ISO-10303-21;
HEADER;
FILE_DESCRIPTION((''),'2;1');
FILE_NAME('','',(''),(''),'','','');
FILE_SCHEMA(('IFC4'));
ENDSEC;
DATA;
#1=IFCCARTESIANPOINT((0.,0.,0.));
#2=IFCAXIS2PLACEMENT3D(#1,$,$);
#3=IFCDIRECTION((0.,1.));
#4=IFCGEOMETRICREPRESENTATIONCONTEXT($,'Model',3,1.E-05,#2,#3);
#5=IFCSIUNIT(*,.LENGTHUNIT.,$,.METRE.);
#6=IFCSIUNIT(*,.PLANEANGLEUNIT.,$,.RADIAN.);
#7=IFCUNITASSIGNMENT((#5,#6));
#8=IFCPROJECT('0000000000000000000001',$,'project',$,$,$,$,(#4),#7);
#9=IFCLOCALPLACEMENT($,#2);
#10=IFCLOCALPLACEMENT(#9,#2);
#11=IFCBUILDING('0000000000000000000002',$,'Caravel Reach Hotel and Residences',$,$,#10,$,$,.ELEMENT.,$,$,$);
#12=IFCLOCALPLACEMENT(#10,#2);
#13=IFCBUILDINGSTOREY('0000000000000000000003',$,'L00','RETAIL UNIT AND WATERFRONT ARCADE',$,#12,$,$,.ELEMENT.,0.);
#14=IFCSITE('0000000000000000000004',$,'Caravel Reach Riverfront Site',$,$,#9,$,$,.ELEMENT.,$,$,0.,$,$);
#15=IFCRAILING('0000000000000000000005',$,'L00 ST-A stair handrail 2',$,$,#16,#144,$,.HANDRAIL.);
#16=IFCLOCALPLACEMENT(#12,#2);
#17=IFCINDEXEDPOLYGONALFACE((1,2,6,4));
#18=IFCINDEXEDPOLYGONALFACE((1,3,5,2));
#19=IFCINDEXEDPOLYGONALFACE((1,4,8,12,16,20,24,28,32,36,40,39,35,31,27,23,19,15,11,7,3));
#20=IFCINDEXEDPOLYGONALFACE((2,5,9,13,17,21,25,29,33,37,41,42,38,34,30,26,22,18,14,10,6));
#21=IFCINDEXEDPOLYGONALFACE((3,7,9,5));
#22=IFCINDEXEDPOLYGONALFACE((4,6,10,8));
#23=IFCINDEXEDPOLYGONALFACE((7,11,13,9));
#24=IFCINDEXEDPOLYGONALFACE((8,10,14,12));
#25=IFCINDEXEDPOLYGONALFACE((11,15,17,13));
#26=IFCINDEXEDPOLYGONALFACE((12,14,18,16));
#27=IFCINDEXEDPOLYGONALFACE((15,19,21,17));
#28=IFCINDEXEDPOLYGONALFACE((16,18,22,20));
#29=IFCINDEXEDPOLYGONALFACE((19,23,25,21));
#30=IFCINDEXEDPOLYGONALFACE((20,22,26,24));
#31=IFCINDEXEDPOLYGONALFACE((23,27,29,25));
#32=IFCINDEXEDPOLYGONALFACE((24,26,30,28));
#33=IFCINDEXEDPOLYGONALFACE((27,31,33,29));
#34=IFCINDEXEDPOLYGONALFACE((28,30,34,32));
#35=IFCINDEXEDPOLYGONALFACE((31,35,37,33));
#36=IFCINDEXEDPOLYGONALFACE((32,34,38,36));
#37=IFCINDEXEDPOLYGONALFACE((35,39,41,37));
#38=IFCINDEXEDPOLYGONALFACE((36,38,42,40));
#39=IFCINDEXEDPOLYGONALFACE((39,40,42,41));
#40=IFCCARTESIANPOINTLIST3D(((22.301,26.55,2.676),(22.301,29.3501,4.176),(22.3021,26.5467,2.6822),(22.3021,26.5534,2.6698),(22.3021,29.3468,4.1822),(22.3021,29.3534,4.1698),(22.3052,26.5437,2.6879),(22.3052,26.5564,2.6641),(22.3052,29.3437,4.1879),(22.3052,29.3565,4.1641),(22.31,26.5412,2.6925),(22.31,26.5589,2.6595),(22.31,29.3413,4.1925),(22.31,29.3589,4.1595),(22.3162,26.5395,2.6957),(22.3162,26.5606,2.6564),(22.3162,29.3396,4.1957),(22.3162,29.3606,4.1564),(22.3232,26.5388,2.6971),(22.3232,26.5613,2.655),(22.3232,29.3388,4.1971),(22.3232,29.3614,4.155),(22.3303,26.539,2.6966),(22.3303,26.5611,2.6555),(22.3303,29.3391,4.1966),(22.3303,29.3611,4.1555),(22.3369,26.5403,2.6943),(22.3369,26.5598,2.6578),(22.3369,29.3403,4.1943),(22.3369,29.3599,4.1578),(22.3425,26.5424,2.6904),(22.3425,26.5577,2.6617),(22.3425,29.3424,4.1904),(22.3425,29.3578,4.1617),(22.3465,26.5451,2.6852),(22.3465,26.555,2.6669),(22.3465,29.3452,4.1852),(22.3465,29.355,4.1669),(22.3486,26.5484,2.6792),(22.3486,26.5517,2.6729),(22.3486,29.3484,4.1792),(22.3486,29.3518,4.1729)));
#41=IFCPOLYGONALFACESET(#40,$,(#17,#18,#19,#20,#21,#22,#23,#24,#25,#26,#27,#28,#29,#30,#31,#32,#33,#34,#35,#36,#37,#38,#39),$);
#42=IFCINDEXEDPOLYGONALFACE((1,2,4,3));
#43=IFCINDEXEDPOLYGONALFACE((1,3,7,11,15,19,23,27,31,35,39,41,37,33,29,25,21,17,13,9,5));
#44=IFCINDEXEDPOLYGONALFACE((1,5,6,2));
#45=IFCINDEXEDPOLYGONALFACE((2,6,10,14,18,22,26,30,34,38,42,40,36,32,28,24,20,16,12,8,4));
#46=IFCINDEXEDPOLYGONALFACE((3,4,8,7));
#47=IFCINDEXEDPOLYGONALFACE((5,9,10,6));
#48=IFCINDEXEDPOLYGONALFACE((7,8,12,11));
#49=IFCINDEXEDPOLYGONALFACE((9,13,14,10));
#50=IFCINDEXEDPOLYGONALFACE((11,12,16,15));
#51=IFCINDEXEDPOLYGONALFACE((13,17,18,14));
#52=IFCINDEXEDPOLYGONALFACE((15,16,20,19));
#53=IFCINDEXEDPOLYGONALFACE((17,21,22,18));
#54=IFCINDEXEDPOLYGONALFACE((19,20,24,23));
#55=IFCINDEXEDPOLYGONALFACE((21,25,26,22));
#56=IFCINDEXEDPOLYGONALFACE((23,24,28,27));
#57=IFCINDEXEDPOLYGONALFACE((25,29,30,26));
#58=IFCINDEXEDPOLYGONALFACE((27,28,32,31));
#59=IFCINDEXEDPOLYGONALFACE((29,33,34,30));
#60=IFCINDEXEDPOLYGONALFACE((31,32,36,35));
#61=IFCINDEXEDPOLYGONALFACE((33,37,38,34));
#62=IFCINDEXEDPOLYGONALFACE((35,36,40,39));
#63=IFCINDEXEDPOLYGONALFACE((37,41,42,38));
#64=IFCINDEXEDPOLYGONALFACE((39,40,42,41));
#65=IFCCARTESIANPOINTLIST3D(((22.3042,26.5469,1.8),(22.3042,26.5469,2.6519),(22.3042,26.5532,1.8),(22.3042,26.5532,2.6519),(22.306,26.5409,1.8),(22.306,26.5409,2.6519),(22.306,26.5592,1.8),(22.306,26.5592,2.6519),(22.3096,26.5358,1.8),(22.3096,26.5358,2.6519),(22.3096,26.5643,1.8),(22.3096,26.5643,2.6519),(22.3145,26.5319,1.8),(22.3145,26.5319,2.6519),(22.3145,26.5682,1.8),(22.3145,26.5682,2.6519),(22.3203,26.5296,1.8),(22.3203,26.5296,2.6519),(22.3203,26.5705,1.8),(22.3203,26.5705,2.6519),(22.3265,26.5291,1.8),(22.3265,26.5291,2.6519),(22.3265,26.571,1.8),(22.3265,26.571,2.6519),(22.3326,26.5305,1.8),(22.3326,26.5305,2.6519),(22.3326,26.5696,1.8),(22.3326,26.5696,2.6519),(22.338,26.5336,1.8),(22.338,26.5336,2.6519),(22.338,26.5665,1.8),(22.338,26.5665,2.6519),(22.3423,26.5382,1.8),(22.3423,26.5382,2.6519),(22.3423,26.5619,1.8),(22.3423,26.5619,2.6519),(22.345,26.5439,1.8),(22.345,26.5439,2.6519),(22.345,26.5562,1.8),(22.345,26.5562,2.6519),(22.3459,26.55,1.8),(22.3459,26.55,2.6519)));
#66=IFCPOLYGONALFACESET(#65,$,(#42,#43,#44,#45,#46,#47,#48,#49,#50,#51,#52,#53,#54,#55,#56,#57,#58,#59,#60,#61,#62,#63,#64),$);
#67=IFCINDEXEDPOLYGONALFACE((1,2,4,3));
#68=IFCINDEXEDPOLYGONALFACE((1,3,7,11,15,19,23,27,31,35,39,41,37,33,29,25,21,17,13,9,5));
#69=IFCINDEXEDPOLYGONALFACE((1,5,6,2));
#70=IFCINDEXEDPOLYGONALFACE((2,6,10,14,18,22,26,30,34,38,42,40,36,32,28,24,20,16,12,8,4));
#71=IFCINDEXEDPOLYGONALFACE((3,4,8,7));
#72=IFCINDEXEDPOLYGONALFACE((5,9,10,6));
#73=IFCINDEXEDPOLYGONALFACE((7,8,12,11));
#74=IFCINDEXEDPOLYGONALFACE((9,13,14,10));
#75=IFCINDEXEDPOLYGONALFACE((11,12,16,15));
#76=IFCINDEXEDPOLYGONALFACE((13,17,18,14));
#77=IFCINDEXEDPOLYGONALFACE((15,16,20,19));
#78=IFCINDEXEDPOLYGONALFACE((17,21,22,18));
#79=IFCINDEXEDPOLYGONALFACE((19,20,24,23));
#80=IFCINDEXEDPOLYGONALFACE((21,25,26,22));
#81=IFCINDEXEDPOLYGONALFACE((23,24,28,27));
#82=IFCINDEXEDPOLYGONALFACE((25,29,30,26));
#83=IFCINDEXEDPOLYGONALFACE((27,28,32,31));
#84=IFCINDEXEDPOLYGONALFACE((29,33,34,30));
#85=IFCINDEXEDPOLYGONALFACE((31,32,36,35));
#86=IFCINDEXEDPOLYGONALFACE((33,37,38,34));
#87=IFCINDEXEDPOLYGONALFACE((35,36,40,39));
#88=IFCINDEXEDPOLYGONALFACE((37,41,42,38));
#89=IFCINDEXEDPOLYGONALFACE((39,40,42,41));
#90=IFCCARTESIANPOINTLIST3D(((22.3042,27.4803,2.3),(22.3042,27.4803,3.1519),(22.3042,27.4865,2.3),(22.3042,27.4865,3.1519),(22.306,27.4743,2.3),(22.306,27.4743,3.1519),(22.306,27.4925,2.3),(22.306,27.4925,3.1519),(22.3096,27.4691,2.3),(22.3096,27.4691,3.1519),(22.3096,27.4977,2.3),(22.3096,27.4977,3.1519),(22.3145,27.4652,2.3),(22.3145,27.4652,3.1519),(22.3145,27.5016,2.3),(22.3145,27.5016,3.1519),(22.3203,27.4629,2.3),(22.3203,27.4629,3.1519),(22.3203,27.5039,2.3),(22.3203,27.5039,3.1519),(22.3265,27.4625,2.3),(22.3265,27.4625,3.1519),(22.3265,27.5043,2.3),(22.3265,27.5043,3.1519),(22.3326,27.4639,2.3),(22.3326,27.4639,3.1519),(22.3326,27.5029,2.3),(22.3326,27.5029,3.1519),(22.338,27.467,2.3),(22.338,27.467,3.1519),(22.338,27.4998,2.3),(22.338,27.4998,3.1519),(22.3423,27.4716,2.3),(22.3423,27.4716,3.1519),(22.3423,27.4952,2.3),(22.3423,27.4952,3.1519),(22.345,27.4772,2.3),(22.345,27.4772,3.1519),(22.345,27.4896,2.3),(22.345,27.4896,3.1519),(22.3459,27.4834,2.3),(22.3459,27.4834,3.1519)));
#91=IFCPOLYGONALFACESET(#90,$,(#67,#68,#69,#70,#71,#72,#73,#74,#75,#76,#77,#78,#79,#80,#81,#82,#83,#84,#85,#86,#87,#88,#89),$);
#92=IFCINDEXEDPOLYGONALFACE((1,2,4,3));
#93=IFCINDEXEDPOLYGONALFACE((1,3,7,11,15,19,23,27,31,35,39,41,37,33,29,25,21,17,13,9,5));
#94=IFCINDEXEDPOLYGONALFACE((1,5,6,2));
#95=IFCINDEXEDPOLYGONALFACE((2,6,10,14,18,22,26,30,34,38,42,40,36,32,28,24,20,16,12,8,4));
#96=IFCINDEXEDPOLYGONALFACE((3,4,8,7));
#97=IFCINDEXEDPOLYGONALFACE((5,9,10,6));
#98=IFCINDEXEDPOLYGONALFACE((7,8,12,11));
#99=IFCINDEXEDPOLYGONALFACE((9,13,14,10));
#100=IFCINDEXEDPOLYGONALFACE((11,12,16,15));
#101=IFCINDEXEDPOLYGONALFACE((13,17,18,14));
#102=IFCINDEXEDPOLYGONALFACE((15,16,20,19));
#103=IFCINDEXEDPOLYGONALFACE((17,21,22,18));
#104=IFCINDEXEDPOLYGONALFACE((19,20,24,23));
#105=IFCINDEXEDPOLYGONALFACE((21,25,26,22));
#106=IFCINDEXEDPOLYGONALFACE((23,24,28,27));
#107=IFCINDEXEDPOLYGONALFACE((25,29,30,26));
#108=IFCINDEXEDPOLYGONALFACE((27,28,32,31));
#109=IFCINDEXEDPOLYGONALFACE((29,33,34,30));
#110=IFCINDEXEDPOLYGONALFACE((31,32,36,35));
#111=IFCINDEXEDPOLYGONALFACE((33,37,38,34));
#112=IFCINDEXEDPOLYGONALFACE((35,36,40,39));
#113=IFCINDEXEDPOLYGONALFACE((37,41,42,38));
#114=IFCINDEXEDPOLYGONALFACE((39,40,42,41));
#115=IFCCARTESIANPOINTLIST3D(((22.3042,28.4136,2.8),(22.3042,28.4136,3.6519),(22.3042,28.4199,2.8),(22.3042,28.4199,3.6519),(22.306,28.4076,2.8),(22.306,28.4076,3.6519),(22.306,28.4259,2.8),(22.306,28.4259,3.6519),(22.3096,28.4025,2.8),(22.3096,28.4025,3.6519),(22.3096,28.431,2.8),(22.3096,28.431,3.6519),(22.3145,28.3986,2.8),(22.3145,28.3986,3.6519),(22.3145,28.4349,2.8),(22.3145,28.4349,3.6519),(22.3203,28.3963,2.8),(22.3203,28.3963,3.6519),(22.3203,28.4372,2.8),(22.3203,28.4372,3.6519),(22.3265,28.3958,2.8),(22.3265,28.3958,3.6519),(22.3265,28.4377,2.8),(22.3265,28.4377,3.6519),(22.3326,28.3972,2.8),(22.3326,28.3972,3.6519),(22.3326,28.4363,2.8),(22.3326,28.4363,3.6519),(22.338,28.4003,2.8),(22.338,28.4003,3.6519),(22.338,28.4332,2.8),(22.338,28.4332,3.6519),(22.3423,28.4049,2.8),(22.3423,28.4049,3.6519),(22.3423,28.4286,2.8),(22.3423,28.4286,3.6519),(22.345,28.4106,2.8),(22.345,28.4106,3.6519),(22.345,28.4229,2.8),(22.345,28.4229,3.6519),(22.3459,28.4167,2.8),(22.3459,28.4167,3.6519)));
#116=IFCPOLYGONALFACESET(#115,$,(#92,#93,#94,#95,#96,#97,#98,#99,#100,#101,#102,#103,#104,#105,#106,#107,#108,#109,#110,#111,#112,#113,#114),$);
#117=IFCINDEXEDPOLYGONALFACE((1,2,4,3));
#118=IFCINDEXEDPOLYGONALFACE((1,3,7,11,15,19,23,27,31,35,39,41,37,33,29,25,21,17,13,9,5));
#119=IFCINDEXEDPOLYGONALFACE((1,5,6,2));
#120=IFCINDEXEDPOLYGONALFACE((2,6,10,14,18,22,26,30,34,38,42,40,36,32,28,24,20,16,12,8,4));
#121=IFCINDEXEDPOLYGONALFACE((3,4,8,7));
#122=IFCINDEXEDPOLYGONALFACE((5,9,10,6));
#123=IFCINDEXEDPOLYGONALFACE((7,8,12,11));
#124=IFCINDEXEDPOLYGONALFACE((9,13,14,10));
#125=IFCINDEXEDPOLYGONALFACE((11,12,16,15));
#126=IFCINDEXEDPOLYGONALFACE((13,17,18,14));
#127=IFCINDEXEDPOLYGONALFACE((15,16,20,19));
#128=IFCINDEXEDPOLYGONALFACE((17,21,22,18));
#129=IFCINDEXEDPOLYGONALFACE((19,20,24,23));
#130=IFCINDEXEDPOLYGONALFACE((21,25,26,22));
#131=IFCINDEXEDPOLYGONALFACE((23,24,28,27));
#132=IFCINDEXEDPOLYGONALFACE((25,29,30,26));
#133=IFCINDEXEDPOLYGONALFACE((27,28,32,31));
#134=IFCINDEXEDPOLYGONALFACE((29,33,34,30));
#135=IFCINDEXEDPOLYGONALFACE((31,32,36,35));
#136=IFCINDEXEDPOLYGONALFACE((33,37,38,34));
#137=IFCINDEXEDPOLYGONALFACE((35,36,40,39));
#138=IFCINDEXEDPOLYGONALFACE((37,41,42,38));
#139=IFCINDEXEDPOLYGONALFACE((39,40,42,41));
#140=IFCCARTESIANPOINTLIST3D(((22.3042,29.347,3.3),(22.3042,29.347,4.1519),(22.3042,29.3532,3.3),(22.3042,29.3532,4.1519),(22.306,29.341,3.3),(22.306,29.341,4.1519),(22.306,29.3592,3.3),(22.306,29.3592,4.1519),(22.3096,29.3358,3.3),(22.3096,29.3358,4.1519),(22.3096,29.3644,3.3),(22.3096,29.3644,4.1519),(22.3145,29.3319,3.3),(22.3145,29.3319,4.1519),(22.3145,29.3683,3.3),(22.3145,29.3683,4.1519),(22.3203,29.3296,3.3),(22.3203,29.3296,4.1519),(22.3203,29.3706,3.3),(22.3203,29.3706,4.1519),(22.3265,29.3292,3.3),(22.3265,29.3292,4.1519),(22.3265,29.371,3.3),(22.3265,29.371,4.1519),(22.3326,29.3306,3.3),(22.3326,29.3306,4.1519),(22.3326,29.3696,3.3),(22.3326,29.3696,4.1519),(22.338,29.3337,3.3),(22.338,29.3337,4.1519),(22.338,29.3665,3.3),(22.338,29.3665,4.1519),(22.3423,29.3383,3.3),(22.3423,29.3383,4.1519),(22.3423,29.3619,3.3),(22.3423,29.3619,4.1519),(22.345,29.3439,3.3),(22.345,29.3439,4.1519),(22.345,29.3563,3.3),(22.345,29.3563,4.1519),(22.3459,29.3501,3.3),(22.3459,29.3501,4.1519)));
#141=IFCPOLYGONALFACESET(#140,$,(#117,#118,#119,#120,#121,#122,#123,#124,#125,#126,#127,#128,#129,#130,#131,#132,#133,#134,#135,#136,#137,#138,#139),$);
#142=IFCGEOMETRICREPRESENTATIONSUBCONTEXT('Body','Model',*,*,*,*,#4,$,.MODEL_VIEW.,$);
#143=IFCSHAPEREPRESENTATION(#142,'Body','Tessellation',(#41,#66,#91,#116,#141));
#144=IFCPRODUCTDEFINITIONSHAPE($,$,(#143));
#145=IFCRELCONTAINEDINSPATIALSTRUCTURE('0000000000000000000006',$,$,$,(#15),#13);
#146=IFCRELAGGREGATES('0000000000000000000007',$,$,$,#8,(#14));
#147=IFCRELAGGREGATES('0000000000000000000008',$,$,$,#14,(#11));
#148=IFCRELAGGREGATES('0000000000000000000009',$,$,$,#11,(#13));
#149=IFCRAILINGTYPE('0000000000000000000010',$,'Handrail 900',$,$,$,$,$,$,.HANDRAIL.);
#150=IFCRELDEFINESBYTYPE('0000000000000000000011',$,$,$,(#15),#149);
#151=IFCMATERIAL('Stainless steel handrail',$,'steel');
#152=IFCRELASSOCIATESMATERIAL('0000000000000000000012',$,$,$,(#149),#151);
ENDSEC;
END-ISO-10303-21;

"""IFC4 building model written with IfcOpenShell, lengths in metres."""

from ifc_helpers import new_model, si_unit, direction, frame, origin, origin_2d, place, context, subcontext, project, spatial, circle, extrude, material, type_object, element, save


model = new_model("IFC4")

# Units and contexts
model_context = context("Model", 3, precision=1e-05, world=origin(), true_north=direction((0.0, 1.0)))
body_context = subcontext(model_context, "Body", "Model", "MODEL_VIEW")
ifc_project = project(units=[si_unit("LENGTHUNIT", "METRE"), si_unit("PLANEANGLEUNIT", "RADIAN")], contexts=[model_context])

# Site, building, storey
site_placement = place(None, origin())
site = spatial("IfcSite", under=ifc_project, at=site_placement, Name="Caravel Reach Riverfront Site", CompositionType="ELEMENT", RefElevation=0.0)
building_placement = place(site_placement, origin())
building = spatial("IfcBuilding", under=site, at=building_placement, Name="Caravel Reach Hotel and Residences", CompositionType="ELEMENT")
storey_placement = place(building_placement, origin())
storey = spatial("IfcBuildingStorey", under=building, at=storey_placement, Name="L00", Description="RETAIL UNIT AND WATERFRONT ARCADE", CompositionType="ELEMENT", Elevation=0.0)

# Railing
ifc_material_1 = material(Name="Stainless steel handrail", Category="steel")
railing_type_1 = type_object("IfcRailingType", Name="Handrail 900", PredefinedType="HANDRAIL", material=ifc_material_1)
for number, where, name in (
    (1, (22.325, 26.55, 1.8), "L00 ST-A stair handrail 2"),
):
    element("IfcRailing", number, at=place(storey_placement, frame(where)), inside=storey, type_object=railing_type_1, Name=name, PredefinedType="HANDRAIL", context=body_context, shape_type="SweptSolid", body=[
        extrude(circle(Radius=0.0239, at=origin_2d()), frame((0.0, 0.0, 0.876), z_axis=(0.0, 0.881483, 0.472215), x_axis=(-1.0, 0.0, 0.0)), (0.0, 0.0, 1.0), 3.1765),
        extrude(circle(Radius=0.021, at=origin_2d()), origin(), (0.0, 0.0, 1.0), 0.8518),
        extrude(circle(Radius=0.021, at=origin_2d()), frame((0.0, 0.9333, 0.5)), (0.0, 0.0, 1.0), 0.8518),
        extrude(circle(Radius=0.021, at=origin_2d()), frame((0.0, 1.8667, 1.0)), (0.0, 0.0, 1.0), 0.8518),
        extrude(circle(Radius=0.021, at=origin_2d()), frame((0.0, 2.8, 1.5)), (0.0, 0.0, 1.0), 0.8518),
    ])

save(model, "model.ifc")
